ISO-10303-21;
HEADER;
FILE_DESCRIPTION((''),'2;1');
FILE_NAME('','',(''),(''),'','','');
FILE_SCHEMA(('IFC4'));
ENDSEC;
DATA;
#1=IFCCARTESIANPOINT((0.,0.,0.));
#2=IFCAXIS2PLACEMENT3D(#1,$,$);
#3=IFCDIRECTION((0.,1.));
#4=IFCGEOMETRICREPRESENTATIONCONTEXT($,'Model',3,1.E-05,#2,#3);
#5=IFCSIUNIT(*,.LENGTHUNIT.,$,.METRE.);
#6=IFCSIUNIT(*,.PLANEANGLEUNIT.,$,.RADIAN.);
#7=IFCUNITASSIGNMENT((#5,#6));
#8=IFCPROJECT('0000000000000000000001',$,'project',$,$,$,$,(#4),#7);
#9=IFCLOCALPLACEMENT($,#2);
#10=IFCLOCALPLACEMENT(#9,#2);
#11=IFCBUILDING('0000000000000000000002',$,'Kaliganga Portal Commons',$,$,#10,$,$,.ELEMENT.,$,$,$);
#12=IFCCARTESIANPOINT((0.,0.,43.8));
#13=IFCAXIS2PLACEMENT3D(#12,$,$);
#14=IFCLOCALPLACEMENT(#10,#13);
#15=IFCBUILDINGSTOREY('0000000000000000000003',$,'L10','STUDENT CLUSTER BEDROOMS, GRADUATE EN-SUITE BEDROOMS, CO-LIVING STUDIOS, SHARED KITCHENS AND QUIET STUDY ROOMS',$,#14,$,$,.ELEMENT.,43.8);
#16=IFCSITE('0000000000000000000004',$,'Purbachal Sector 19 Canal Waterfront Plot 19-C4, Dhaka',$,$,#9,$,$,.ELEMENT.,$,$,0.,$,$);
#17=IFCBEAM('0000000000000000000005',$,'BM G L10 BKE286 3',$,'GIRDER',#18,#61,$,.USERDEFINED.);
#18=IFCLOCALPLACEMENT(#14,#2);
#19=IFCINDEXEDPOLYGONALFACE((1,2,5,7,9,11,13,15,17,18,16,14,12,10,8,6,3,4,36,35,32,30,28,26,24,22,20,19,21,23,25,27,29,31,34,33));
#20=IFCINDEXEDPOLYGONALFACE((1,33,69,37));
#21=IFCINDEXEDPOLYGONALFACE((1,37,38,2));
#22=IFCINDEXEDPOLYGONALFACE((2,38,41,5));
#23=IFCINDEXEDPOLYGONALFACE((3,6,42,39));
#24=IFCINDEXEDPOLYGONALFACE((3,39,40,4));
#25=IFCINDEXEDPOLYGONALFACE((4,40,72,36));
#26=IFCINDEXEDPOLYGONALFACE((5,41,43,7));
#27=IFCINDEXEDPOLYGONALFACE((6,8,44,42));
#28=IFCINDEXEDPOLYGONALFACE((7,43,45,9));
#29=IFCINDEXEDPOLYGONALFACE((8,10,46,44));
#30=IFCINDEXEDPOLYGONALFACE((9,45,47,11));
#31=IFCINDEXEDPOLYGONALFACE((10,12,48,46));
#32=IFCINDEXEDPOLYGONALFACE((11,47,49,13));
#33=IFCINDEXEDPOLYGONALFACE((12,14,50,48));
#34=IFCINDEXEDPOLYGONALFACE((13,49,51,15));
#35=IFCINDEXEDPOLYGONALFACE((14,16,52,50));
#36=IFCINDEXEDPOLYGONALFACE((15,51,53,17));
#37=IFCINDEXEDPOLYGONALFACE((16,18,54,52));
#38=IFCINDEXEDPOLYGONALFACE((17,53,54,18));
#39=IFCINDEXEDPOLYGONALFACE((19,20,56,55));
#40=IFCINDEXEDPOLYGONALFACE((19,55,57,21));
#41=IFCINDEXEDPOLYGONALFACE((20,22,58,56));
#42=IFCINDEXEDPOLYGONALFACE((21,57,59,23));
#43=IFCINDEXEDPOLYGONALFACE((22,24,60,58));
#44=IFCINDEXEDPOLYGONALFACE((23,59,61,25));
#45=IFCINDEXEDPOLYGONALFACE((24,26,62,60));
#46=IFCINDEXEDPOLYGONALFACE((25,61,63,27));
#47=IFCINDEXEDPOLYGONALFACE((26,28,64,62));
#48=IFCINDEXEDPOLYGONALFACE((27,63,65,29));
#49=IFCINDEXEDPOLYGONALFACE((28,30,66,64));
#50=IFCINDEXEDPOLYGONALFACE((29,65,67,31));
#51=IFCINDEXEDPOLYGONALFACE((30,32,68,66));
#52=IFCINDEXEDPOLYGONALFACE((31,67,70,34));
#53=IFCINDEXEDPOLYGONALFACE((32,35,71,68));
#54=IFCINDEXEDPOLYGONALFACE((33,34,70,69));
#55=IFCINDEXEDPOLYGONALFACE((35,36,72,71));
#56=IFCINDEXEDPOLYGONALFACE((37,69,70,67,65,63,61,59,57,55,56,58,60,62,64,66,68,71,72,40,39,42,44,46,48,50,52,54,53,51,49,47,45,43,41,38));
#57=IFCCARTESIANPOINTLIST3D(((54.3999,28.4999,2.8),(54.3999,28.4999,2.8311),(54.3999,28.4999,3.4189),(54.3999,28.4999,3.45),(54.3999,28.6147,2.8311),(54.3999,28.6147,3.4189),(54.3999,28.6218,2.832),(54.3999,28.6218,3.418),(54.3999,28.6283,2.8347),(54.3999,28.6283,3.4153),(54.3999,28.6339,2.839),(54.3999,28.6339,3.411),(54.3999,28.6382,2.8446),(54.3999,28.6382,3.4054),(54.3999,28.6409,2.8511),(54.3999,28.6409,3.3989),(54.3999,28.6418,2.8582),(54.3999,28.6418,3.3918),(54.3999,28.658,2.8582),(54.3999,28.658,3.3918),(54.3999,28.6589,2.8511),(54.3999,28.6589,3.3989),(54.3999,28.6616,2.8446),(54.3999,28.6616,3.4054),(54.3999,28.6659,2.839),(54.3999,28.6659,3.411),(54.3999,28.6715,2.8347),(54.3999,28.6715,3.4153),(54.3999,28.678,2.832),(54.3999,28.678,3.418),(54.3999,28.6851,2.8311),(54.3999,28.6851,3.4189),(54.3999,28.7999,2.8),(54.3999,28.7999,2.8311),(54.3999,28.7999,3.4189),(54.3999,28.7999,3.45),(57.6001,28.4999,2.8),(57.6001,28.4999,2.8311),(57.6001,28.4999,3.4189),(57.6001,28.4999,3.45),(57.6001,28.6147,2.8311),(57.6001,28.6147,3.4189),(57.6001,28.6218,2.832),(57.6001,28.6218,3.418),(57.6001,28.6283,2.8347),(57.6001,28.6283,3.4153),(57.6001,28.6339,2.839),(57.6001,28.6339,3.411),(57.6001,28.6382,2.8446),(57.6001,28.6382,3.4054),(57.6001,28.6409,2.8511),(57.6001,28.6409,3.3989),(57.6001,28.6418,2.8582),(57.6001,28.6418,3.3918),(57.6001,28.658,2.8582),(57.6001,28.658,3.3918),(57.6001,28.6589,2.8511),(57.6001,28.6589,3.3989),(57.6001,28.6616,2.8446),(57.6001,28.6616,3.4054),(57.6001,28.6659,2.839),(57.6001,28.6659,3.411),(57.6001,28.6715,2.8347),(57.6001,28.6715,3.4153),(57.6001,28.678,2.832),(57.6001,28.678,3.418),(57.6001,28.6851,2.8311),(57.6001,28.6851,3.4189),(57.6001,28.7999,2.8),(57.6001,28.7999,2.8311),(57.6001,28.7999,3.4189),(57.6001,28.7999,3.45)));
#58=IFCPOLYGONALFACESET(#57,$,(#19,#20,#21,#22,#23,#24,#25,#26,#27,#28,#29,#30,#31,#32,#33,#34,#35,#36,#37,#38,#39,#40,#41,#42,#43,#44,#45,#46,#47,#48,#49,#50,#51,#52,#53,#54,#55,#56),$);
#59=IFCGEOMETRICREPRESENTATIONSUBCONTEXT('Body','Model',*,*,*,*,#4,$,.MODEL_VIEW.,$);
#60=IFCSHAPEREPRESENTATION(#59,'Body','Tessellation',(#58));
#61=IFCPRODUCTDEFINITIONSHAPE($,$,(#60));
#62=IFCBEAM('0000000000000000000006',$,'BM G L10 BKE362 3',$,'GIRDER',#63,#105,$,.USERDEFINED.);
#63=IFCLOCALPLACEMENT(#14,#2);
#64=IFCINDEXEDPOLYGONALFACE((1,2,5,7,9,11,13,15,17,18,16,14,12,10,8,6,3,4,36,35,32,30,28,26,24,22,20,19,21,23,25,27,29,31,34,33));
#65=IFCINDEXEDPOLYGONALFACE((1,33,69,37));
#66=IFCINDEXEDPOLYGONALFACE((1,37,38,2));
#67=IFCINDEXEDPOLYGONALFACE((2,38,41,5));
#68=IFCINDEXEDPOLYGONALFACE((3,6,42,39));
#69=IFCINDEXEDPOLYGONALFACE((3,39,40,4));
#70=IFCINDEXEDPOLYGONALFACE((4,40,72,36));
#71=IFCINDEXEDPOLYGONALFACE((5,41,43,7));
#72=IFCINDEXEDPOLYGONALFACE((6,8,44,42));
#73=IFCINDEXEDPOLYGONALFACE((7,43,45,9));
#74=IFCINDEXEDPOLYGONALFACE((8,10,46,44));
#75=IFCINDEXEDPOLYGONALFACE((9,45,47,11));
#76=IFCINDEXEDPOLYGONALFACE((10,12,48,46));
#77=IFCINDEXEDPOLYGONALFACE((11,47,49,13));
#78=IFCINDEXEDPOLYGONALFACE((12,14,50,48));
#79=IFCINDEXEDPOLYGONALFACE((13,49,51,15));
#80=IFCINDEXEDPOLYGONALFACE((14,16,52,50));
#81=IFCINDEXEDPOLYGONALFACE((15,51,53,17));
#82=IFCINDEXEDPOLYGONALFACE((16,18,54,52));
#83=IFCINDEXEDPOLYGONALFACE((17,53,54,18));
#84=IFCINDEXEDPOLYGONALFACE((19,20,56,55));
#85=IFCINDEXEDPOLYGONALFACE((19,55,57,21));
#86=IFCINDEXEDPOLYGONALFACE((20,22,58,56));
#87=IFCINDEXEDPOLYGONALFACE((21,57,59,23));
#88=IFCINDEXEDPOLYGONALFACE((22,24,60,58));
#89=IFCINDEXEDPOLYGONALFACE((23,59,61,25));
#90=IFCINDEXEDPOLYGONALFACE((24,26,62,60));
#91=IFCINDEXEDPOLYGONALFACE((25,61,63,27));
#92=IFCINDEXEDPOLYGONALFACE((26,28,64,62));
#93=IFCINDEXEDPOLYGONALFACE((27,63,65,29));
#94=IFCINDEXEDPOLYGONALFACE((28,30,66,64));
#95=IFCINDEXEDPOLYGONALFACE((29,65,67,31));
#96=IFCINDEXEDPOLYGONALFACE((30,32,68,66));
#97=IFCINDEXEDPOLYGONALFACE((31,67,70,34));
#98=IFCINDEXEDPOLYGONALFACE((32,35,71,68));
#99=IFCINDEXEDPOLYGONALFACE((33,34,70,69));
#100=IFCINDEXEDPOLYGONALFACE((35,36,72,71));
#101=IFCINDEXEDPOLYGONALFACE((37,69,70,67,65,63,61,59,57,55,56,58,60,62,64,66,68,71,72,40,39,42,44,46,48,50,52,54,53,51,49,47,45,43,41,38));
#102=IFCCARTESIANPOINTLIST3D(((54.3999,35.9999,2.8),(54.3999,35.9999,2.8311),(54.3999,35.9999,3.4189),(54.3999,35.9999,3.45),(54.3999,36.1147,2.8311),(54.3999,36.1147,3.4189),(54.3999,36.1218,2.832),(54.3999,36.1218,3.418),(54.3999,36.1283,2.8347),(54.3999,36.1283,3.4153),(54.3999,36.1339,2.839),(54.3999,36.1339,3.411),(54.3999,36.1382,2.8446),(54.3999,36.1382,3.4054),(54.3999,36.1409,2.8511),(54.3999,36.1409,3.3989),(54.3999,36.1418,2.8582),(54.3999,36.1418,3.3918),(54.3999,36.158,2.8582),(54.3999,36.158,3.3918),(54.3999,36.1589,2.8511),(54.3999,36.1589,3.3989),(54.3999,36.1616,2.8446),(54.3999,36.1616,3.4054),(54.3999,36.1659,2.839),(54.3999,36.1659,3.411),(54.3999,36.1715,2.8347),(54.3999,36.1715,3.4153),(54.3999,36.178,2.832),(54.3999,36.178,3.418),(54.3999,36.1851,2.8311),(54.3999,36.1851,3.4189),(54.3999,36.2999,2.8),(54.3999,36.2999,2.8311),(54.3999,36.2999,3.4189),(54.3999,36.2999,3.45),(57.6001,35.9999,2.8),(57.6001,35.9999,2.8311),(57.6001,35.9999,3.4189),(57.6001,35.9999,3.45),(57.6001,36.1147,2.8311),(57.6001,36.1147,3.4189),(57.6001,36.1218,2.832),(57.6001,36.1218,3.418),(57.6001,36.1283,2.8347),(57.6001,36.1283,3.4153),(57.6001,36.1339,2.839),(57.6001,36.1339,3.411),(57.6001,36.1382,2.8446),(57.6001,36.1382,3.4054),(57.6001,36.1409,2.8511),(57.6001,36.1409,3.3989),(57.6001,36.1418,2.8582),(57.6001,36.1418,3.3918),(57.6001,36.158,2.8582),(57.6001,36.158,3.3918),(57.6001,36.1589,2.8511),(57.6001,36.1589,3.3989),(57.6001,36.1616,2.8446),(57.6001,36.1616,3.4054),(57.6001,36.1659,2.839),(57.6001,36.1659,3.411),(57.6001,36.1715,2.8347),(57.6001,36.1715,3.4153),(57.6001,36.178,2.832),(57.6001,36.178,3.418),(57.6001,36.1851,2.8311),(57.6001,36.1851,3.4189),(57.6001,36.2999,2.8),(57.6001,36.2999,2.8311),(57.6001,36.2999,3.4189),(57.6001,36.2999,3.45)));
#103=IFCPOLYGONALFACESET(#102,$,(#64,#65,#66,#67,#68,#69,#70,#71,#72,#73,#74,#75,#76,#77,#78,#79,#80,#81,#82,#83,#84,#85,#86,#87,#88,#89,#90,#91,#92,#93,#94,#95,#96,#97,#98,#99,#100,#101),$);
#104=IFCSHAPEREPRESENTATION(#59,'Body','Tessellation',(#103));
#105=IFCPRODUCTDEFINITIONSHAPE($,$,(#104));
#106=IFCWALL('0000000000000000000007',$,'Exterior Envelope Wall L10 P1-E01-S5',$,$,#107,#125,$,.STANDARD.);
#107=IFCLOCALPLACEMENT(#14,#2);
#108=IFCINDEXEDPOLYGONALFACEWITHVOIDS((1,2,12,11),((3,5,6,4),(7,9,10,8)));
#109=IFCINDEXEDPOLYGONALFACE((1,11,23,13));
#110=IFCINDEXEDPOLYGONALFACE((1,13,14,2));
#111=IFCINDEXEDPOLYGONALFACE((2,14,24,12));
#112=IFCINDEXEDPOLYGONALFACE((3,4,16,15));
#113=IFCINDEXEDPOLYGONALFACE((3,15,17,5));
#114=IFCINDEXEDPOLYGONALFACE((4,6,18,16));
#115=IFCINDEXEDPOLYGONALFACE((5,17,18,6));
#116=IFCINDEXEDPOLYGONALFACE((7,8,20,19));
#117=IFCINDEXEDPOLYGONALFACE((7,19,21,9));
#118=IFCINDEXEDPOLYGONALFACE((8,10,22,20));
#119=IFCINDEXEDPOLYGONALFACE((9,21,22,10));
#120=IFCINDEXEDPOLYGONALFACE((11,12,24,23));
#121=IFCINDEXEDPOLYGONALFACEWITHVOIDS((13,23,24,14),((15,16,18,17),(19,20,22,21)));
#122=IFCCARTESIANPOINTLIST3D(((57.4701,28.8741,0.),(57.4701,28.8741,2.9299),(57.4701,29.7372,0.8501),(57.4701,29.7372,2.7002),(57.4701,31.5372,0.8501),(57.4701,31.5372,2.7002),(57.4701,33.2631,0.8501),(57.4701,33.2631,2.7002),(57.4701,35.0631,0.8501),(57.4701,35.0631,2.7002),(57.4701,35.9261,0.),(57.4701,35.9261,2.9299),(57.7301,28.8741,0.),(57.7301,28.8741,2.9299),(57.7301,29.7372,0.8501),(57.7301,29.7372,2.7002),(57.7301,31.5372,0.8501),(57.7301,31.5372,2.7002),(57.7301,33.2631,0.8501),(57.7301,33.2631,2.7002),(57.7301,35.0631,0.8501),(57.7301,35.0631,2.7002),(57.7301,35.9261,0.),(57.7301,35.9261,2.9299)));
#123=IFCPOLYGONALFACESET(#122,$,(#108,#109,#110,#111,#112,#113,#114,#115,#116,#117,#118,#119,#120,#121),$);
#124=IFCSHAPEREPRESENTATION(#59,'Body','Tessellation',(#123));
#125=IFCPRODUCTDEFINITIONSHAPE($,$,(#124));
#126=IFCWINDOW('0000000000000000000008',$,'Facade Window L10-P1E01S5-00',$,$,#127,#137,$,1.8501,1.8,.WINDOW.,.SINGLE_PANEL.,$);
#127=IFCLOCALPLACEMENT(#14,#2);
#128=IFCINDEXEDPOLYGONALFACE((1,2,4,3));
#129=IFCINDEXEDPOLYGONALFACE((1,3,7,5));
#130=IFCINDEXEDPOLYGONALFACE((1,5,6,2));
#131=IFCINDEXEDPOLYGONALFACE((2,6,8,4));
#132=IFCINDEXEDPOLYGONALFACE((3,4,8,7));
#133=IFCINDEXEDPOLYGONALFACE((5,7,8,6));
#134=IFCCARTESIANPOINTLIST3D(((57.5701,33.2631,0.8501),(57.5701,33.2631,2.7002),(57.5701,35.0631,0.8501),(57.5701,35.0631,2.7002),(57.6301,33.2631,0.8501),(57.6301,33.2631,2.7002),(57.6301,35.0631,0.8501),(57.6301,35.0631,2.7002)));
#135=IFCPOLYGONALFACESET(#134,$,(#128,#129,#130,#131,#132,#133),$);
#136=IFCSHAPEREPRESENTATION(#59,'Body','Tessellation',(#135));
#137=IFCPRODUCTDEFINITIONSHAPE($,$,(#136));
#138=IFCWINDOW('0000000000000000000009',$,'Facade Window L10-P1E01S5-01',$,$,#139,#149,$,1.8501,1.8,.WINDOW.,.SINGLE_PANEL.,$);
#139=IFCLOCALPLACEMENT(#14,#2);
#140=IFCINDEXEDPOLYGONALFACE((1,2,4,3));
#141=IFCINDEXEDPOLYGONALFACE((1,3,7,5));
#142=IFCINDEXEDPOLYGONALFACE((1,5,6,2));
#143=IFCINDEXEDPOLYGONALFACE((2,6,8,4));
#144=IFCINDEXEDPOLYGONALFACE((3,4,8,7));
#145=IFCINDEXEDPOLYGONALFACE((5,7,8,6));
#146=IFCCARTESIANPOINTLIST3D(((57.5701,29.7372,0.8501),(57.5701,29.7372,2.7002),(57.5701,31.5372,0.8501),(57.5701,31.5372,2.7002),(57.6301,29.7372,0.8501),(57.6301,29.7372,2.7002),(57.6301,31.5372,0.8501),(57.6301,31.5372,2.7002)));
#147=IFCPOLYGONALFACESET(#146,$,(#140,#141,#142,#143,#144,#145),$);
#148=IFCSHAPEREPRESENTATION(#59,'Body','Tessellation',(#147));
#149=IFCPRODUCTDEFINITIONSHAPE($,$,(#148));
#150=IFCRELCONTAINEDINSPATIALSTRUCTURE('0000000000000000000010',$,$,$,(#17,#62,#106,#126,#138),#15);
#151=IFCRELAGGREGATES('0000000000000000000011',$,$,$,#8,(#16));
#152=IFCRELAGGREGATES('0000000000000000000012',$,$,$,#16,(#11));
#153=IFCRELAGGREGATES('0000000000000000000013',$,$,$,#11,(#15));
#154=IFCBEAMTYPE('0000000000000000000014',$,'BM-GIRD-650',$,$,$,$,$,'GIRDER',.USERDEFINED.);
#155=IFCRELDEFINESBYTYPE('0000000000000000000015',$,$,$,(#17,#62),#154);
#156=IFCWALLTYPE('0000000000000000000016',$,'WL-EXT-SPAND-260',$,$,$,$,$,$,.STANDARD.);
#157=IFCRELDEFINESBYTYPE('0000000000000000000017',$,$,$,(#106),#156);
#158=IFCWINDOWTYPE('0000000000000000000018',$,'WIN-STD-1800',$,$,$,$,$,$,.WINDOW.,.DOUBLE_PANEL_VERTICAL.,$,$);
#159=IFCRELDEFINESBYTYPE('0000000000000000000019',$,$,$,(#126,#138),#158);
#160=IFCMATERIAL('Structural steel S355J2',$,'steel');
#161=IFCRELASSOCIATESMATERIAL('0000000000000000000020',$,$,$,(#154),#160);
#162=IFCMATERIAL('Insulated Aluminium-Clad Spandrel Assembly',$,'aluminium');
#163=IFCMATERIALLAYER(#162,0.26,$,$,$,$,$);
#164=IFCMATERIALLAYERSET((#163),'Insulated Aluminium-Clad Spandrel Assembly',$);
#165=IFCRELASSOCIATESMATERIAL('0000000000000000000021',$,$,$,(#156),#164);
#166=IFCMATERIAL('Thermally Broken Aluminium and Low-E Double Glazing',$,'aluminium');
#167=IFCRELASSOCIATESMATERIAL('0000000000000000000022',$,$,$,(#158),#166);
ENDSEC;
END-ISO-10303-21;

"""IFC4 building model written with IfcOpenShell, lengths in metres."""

from ifc_helpers import new_model, si_unit, direction, frame, frame_2d, origin, origin_2d, place, context, subcontext, project, spatial, rectangle, i_section, extrude, source, transform, mapped, material, layer, layer_set, material_profile, profile_set, type_object, element, fill, save


model = new_model("IFC4")

# Units and contexts
model_context = context("Model", 3, precision=1e-05, world=origin(), true_north=direction((0.0, 1.0)))
body_context = subcontext(model_context, "Body", "Model", "MODEL_VIEW")
ifc_project = project(units=[si_unit("LENGTHUNIT", "METRE"), si_unit("PLANEANGLEUNIT", "RADIAN")], contexts=[model_context])

# Site, building, storey
site_placement = place(None, origin())
site = spatial("IfcSite", under=ifc_project, at=site_placement, Name="Purbachal Sector 19 Canal Waterfront Plot 19-C4, Dhaka", CompositionType="ELEMENT", RefElevation=0.0)
building_placement = place(site_placement, origin())
building = spatial("IfcBuilding", under=site, at=building_placement, Name="Kaliganga Portal Commons", CompositionType="ELEMENT")
storey_placement = place(building_placement, frame((0.0, 0.0, 43.8)))
storey = spatial("IfcBuildingStorey", under=building, at=storey_placement, Name="L10", Description="STUDENT CLUSTER BEDROOMS, GRADUATE EN-SUITE BEDROOMS, CO-LIVING STUDIOS, SHARED KITCHENS AND QUIET STUDY ROOMS", CompositionType="ELEMENT", Elevation=43.8)

# Beams
ifc_material_1 = material(Name="Structural steel S355J2", Category="steel")
ifc_material_profile_1 = material_profile(ifc_material_1, i_section(OverallWidth=0.3, OverallDepth=0.6499, WebThickness=0.0161, FlangeThickness=0.031, FilletRadius=0.0271, at=origin_2d()), Name="HE 650 B")
ifc_profile_set_1 = profile_set([ifc_material_profile_1], Name="Structural steel S355J2 wide-flange")
beam_type_1 = type_object("IfcBeamType", Name="BM-GIRD-650", ElementType="GIRDER", PredefinedType="USERDEFINED", material=ifc_profile_set_1)
shared_shape_1 = source(origin(), body_context, "Body", "SweptSolid", [
    extrude(i_section(OverallWidth=0.3, OverallDepth=0.6499, WebThickness=0.0161, FlangeThickness=0.031, FilletRadius=0.0271, at=origin_2d()), origin(), (0.0, 0.0, 1.0), 3.2002),
])
for number, where, z_axis, x_axis, name in (
    (1, (54.3999, 28.6499, 3.125), (1.0, 0.0, 0.0), (0.0, 1.0, 0.0), "BM G L10 BKE286 3"),
    (2, (54.3999, 36.1499, 3.125), (1.0, 0.0, 0.0), (0.0, 1.0, 0.0), "BM G L10 BKE362 3"),
):
    element("IfcBeam", number, at=place(storey_placement, frame(where, z_axis=z_axis, x_axis=x_axis)), inside=storey, type_object=beam_type_1, Name=name, ObjectType="GIRDER", PredefinedType="USERDEFINED", context=body_context, shape_type="MappedRepresentation", body=[
        mapped(shared_shape_1, transform((0.0, 0.0, 0.0), x_axis=(1.0, 0.0, 0.0), y_axis=(0.0, 1.0, 0.0), z_axis=(0.0, 0.0, 1.0), scale=1.0)),
    ])

# Wall, openings, windows
ifc_material_2 = material(Name="Insulated Aluminium-Clad Spandrel Assembly", Category="aluminium")
ifc_layer_1 = layer(ifc_material_2, 0.26)
ifc_layer_set_1 = layer_set([ifc_layer_1], Name="Insulated Aluminium-Clad Spandrel Assembly")
wall_type_1 = type_object("IfcWallType", Name="WL-EXT-SPAND-260", PredefinedType="STANDARD", material=ifc_layer_set_1)
wall_1_placement = place(storey_placement, frame((57.6001, 35.926, 0.0), z_axis=(0.0, 0.0, 1.0), x_axis=(0.0, -1.0, 0.0)))
wall_1 = element("IfcWall", 3, at=wall_1_placement, inside=storey, type_object=wall_type_1, Name="Exterior Envelope Wall L10 P1-E01-S5", PredefinedType="STANDARD", context=body_context, shape_type="SweptSolid", body=[
    extrude(rectangle(XDim=7.052, YDim=0.26, at=frame_2d((3.5259, 0.0))), origin(), (0.0, 0.0, 1.0), 2.9299),
])
opening_1_placement = place(wall_1_placement, frame((0.863, 0.0, 0.8501)))
opening_1 = element("IfcOpeningElement", 4, at=opening_1_placement, cuts=wall_1, PredefinedType="OPENING", context=body_context, shape_type="SweptSolid", body=[
    extrude(rectangle(XDim=1.8, YDim=1.8501, at=frame_2d((0.8999, 0.925))), frame((0.0, 0.1401, 0.0), z_axis=(0.0, -1.0, 0.0), x_axis=(1.0, 0.0, 0.0)), (0.0, 0.0, 1.0), 0.28),
])
opening_2_placement = place(wall_1_placement, frame((4.3889, 0.0, 0.8501)))
opening_2 = element("IfcOpeningElement", 5, at=opening_2_placement, cuts=wall_1, PredefinedType="OPENING", context=body_context, shape_type="SweptSolid", body=[
    extrude(rectangle(XDim=1.8, YDim=1.8501, at=frame_2d((0.8999, 0.925))), frame((0.0, 0.1401, 0.0), z_axis=(0.0, -1.0, 0.0), x_axis=(1.0, 0.0, 0.0)), (0.0, 0.0, 1.0), 0.28),
])
ifc_material_3 = material(Name="Thermally Broken Aluminium and Low-E Double Glazing", Category="aluminium")
window_type_1 = type_object("IfcWindowType", Name="WIN-STD-1800", PartitioningType="DOUBLE_PANEL_VERTICAL", PredefinedType="WINDOW", material=ifc_material_3)
window_1_placement = place(opening_1_placement, origin())
window_1 = element("IfcWindow", 6, at=window_1_placement, inside=storey, type_object=window_type_1, Name="Facade Window L10-P1E01S5-00", OverallHeight=1.8501, OverallWidth=1.8, PartitioningType="SINGLE_PANEL", PredefinedType="WINDOW", context=body_context, shape_type="SweptSolid", body=[
    extrude(rectangle(XDim=1.8, YDim=1.8501, at=frame_2d((0.8999, 0.925))), frame((0.0, 0.03, 0.0), z_axis=(0.0, -1.0, 0.0), x_axis=(1.0, 0.0, 0.0)), (0.0, 0.0, 1.0), 0.0601),
])
fill(opening_1, window_1)
window_2_placement = place(opening_2_placement, origin())
window_2 = element("IfcWindow", 7, at=window_2_placement, inside=storey, type_object=window_type_1, Name="Facade Window L10-P1E01S5-01", OverallHeight=1.8501, OverallWidth=1.8, PartitioningType="SINGLE_PANEL", PredefinedType="WINDOW", context=body_context, shape_type="SweptSolid", body=[
    extrude(rectangle(XDim=1.8, YDim=1.8501, at=frame_2d((0.8999, 0.925))), frame((0.0, 0.03, 0.0), z_axis=(0.0, -1.0, 0.0), x_axis=(1.0, 0.0, 0.0)), (0.0, 0.0, 1.0), 0.0601),
])
fill(opening_2, window_2)

save(model, "model.ifc")
